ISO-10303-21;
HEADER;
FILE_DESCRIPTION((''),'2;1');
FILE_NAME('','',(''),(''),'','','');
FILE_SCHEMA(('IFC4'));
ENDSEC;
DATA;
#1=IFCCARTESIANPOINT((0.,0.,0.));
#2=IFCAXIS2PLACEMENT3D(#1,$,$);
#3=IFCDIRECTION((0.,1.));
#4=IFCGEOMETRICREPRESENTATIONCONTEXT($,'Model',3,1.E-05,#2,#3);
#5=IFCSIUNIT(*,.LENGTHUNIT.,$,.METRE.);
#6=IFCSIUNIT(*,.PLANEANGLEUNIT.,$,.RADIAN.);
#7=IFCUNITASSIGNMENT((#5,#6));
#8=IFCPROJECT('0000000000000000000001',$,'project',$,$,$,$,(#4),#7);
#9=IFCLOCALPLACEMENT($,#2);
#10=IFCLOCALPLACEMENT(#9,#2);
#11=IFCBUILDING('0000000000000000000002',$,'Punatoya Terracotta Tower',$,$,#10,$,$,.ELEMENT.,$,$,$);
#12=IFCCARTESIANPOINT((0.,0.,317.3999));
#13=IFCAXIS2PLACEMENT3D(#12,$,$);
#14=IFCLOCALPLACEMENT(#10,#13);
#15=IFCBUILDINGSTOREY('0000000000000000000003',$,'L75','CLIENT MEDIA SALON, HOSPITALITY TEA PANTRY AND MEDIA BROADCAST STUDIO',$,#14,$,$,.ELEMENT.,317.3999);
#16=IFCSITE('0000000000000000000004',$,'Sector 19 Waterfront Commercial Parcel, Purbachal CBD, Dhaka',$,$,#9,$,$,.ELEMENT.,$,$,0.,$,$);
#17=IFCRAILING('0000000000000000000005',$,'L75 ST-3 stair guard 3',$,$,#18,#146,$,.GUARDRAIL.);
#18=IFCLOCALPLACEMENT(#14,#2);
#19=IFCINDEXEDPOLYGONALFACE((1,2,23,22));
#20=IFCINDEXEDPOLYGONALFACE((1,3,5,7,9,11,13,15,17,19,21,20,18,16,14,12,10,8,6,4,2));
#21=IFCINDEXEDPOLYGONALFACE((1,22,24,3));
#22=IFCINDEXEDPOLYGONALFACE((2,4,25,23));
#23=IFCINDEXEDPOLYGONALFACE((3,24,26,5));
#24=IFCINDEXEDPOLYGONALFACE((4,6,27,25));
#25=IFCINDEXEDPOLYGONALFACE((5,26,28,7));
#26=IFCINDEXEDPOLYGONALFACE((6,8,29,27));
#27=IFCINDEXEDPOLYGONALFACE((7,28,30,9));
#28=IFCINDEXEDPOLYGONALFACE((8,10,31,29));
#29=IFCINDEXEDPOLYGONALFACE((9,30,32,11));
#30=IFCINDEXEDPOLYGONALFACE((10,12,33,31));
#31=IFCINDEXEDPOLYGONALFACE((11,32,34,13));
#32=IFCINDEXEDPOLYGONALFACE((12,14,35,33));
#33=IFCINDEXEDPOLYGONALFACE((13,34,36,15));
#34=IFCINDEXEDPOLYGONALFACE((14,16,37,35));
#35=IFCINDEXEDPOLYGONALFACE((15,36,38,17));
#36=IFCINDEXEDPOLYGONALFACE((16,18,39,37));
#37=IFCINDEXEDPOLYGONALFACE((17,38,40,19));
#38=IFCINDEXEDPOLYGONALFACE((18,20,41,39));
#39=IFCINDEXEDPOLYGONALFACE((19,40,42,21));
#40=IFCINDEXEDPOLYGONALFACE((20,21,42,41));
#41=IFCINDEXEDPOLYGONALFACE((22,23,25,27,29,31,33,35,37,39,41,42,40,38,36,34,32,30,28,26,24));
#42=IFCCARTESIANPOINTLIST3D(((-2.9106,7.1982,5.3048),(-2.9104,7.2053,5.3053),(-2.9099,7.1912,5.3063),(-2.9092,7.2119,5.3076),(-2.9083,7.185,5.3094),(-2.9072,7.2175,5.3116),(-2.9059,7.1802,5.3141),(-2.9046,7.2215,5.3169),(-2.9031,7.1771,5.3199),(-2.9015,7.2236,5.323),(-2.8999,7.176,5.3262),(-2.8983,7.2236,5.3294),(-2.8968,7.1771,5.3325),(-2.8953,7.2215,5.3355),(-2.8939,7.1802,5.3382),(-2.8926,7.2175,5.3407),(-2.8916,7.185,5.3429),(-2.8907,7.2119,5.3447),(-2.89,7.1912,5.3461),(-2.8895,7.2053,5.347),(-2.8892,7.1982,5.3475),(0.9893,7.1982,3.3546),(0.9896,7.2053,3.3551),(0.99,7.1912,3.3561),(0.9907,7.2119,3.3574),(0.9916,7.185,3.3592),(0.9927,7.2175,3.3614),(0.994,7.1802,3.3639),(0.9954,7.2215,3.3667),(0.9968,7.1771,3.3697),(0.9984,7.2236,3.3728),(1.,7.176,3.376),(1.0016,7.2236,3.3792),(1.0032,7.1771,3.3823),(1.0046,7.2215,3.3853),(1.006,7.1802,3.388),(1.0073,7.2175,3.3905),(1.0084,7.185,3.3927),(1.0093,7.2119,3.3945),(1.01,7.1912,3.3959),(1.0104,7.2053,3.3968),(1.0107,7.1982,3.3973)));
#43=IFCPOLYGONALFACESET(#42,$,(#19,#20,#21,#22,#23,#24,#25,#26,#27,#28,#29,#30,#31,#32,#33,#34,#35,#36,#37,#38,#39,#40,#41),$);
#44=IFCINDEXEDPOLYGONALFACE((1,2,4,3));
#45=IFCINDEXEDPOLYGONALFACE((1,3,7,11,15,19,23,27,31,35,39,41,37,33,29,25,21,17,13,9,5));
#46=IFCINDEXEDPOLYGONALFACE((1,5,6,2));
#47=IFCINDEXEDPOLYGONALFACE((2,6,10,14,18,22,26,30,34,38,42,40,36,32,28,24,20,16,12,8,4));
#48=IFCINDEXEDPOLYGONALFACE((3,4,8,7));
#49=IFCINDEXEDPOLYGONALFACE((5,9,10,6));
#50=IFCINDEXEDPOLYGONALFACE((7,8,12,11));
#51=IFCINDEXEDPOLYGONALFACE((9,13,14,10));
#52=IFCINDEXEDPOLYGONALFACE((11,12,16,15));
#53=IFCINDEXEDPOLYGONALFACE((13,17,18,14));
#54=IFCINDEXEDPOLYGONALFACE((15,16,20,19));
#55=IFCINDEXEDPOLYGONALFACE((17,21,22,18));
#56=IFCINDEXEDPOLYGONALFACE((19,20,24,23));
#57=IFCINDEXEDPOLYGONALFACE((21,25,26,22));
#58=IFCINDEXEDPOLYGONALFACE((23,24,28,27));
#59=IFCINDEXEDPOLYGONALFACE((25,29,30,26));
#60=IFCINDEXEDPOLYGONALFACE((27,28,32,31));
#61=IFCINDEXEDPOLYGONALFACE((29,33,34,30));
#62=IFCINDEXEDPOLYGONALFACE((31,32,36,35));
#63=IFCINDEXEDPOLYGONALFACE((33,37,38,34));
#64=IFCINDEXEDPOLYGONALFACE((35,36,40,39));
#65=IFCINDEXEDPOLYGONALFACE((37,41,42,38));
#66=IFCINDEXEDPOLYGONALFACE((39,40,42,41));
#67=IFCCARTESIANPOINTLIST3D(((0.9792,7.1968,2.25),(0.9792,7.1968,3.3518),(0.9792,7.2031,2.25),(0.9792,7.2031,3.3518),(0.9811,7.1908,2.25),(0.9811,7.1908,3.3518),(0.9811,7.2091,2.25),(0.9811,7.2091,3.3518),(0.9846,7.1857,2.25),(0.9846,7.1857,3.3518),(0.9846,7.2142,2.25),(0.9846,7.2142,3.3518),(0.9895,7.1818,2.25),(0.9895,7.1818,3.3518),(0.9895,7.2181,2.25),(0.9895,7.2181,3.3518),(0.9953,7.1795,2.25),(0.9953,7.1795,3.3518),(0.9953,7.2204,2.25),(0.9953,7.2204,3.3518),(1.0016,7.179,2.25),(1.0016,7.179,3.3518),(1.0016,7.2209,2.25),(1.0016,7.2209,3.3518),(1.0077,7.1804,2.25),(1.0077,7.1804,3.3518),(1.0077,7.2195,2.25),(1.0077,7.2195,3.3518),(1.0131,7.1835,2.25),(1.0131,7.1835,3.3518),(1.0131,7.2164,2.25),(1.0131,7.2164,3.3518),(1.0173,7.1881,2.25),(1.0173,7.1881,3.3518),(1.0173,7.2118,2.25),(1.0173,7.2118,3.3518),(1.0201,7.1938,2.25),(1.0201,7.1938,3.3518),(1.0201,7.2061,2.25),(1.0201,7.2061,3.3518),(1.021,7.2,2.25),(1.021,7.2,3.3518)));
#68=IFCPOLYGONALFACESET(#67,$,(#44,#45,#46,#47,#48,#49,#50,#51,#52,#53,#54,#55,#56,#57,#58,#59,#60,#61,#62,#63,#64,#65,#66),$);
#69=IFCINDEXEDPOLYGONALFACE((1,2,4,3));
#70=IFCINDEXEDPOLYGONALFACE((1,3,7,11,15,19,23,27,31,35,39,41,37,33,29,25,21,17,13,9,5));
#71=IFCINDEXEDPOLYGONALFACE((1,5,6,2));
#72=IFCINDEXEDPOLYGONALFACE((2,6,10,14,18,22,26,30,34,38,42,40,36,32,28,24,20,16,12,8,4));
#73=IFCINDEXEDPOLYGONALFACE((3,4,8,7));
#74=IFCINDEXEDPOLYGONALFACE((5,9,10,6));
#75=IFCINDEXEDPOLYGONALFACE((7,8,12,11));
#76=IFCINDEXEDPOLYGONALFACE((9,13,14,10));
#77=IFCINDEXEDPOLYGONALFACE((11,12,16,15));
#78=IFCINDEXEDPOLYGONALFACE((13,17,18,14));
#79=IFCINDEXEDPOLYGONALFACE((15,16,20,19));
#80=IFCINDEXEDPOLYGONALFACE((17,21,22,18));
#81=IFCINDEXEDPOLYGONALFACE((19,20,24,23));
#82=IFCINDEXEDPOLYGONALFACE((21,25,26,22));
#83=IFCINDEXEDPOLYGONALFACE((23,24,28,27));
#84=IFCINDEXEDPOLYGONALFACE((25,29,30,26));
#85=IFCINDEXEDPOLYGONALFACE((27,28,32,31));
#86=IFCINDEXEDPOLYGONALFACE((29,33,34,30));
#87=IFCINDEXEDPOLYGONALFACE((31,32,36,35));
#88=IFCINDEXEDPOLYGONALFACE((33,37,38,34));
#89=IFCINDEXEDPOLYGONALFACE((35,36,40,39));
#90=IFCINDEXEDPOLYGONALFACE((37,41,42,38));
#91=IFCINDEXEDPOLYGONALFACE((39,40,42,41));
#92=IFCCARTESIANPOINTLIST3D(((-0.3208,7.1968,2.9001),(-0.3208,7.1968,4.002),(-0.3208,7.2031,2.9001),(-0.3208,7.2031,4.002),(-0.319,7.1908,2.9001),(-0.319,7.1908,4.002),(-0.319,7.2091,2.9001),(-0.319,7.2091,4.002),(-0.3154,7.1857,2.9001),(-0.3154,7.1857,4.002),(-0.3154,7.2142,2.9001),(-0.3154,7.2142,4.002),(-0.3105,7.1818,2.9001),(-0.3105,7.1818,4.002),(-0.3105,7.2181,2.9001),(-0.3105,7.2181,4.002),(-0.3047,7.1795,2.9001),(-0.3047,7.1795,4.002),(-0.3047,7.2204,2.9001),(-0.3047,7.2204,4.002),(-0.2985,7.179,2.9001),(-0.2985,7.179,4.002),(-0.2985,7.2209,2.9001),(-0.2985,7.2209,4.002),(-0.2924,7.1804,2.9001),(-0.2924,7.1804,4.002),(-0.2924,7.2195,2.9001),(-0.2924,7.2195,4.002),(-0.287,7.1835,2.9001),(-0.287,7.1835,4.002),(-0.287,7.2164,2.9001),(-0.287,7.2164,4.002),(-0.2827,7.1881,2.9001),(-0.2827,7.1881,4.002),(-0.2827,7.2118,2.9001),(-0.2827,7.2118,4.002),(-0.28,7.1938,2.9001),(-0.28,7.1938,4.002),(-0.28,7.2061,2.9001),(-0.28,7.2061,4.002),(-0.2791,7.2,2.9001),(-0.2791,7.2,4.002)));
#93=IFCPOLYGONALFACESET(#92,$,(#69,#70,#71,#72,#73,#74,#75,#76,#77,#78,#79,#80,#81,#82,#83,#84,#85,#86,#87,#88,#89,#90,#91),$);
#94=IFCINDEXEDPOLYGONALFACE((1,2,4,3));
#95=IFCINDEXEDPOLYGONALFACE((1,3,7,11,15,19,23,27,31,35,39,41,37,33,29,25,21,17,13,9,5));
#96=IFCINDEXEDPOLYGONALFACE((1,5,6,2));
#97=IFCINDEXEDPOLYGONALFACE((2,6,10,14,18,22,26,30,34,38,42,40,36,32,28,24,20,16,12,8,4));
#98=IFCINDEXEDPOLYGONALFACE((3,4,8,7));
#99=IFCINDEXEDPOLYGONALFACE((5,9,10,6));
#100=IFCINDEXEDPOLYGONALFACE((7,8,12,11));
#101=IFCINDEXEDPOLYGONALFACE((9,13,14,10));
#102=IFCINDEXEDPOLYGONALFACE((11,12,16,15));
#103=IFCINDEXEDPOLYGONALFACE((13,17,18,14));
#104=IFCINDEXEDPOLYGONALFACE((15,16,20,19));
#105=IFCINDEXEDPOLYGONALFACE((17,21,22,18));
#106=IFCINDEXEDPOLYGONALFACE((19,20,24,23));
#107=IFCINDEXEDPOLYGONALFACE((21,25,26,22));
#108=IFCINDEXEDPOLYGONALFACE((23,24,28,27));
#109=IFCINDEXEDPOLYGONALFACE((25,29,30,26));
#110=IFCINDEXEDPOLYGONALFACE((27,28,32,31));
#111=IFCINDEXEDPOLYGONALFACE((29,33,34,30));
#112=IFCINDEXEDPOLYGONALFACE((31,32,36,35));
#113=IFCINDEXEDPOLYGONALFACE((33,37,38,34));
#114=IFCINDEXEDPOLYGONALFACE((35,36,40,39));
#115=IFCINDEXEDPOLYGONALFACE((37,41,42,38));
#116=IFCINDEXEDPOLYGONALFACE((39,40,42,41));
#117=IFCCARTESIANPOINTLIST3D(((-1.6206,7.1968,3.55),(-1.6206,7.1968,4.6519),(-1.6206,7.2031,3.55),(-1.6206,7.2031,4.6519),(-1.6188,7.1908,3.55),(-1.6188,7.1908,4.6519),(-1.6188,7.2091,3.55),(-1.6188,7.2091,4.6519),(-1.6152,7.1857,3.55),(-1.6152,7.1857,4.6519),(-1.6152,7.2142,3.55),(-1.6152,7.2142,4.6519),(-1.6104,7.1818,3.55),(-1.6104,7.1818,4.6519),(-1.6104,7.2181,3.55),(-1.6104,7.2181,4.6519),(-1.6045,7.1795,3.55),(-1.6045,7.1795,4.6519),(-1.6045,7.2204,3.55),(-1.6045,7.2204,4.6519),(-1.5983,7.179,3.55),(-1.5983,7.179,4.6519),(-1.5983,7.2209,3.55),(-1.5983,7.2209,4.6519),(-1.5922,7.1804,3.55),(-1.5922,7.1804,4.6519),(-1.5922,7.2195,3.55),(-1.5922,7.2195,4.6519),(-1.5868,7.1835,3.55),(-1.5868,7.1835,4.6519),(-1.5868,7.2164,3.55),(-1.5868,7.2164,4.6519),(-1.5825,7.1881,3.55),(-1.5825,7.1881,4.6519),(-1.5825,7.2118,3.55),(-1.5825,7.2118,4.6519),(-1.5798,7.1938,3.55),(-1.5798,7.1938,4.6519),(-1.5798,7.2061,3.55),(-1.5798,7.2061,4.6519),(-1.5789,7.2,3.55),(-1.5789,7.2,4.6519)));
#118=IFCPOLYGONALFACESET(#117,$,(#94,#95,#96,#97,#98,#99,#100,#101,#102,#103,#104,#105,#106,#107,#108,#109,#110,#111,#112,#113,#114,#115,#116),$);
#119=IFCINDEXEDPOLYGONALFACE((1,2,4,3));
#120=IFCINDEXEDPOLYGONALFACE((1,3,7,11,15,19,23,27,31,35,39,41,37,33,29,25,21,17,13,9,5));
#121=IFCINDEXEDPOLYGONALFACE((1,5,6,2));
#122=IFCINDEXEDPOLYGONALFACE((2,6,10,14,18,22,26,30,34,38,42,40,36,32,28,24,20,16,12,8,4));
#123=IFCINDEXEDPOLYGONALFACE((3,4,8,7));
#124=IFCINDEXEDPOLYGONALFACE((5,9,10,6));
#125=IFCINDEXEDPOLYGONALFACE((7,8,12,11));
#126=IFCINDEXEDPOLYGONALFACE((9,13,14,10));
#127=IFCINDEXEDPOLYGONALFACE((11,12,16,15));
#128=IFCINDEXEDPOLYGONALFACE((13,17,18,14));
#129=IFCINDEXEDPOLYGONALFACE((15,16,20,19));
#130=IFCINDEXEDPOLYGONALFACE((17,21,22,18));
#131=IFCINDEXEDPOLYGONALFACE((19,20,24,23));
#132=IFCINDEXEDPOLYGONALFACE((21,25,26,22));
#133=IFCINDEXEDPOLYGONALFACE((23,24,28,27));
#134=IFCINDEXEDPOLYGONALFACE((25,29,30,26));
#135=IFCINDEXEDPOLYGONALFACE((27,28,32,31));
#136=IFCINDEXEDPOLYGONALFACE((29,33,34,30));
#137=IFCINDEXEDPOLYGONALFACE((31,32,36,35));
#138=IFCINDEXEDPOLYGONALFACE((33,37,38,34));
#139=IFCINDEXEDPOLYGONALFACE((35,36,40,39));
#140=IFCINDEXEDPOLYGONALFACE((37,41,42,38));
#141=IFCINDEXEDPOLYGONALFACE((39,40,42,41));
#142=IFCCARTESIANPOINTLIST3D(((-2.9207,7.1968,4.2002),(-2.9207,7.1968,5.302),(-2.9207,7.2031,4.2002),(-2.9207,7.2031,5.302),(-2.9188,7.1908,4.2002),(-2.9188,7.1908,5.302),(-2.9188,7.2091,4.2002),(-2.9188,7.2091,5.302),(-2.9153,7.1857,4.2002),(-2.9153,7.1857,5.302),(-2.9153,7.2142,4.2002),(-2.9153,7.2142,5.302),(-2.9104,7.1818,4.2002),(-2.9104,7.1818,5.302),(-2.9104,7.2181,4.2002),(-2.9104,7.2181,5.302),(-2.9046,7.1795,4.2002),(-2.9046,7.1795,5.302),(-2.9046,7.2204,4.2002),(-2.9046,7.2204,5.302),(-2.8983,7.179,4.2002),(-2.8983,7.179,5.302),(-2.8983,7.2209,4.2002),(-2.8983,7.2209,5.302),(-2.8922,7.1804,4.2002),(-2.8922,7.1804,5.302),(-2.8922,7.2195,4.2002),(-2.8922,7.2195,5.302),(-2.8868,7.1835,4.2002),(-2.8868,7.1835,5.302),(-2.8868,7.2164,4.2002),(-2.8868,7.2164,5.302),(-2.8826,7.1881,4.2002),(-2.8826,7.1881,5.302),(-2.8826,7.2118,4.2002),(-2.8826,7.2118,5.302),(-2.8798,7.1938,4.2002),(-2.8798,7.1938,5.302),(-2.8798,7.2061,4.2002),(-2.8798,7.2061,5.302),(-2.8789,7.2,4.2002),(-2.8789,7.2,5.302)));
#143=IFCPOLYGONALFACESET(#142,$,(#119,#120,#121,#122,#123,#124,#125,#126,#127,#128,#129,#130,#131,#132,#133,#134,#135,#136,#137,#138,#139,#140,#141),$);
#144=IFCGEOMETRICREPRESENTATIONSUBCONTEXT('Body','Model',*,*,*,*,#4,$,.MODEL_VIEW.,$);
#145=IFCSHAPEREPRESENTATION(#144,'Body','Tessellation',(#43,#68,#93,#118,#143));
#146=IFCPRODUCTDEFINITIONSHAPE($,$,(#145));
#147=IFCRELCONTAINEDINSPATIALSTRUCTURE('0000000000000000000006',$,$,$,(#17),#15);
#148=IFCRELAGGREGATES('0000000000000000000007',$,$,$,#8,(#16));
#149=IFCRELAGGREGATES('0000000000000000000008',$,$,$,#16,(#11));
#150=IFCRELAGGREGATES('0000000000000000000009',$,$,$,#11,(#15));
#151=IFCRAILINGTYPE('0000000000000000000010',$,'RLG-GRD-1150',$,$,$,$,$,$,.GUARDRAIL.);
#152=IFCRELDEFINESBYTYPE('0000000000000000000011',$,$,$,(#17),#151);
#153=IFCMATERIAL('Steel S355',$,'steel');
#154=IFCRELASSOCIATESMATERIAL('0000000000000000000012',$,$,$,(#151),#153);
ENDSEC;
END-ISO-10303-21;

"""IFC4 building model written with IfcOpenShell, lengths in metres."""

from ifc_helpers import new_model, si_unit, direction, frame, origin, origin_2d, place, context, subcontext, project, spatial, circle, extrude, material, type_object, element, save


model = new_model("IFC4")

# Units and contexts
model_context = context("Model", 3, precision=1e-05, world=origin(), true_north=direction((0.0, 1.0)))
body_context = subcontext(model_context, "Body", "Model", "MODEL_VIEW")
ifc_project = project(units=[si_unit("LENGTHUNIT", "METRE"), si_unit("PLANEANGLEUNIT", "RADIAN")], contexts=[model_context])

# Site, building, storey
site_placement = place(None, origin())
site = spatial("IfcSite", under=ifc_project, at=site_placement, Name="Sector 19 Waterfront Commercial Parcel, Purbachal CBD, Dhaka", CompositionType="ELEMENT", RefElevation=0.0)
building_placement = place(site_placement, origin())
building = spatial("IfcBuilding", under=site, at=building_placement, Name="Punatoya Terracotta Tower", CompositionType="ELEMENT")
storey_placement = place(building_placement, frame((0.0, 0.0, 317.3999)))
storey = spatial("IfcBuildingStorey", under=building, at=storey_placement, Name="L75", Description="CLIENT MEDIA SALON, HOSPITALITY TEA PANTRY AND MEDIA BROADCAST STUDIO", CompositionType="ELEMENT", Elevation=317.3999)

# Shared definitions
ifc_material_1 = material(Name="Steel S355", Category="steel")

# Railing
railing_type_1 = type_object("IfcRailingType", Name="RLG-GRD-1150", PredefinedType="GUARDRAIL", material=ifc_material_1)
railing_1_placement = place(storey_placement, frame((1.0, 7.2, 2.25)))
element("IfcRailing", 1, at=railing_1_placement, inside=storey, type_object=railing_type_1, Name="L75 ST-3 stair guard 3", PredefinedType="GUARDRAIL", context=body_context, shape_type="SweptSolid", body=[
    extrude(circle(Radius=0.0239, at=origin_2d()), frame((0.0, 0.0, 1.126), z_axis=(-0.894405, 0.0, 0.447258), x_axis=(0.0, -1.0, 0.0)), (0.0, 0.0, 1.0), 4.3604),
    extrude(circle(Radius=0.021, at=origin_2d()), origin(), (0.0, 0.0, 1.0), 1.1018),
    extrude(circle(Radius=0.021, at=origin_2d()), frame((-1.3, 0.0, 0.6501)), (0.0, 0.0, 1.0), 1.1018),
    extrude(circle(Radius=0.021, at=origin_2d()), frame((-2.5999, 0.0, 1.3)), (0.0, 0.0, 1.0), 1.1018),
    extrude(circle(Radius=0.021, at=origin_2d()), frame((-3.8999, 0.0, 1.9502)), (0.0, 0.0, 1.0), 1.1018),
])

save(model, "model.ifc")
